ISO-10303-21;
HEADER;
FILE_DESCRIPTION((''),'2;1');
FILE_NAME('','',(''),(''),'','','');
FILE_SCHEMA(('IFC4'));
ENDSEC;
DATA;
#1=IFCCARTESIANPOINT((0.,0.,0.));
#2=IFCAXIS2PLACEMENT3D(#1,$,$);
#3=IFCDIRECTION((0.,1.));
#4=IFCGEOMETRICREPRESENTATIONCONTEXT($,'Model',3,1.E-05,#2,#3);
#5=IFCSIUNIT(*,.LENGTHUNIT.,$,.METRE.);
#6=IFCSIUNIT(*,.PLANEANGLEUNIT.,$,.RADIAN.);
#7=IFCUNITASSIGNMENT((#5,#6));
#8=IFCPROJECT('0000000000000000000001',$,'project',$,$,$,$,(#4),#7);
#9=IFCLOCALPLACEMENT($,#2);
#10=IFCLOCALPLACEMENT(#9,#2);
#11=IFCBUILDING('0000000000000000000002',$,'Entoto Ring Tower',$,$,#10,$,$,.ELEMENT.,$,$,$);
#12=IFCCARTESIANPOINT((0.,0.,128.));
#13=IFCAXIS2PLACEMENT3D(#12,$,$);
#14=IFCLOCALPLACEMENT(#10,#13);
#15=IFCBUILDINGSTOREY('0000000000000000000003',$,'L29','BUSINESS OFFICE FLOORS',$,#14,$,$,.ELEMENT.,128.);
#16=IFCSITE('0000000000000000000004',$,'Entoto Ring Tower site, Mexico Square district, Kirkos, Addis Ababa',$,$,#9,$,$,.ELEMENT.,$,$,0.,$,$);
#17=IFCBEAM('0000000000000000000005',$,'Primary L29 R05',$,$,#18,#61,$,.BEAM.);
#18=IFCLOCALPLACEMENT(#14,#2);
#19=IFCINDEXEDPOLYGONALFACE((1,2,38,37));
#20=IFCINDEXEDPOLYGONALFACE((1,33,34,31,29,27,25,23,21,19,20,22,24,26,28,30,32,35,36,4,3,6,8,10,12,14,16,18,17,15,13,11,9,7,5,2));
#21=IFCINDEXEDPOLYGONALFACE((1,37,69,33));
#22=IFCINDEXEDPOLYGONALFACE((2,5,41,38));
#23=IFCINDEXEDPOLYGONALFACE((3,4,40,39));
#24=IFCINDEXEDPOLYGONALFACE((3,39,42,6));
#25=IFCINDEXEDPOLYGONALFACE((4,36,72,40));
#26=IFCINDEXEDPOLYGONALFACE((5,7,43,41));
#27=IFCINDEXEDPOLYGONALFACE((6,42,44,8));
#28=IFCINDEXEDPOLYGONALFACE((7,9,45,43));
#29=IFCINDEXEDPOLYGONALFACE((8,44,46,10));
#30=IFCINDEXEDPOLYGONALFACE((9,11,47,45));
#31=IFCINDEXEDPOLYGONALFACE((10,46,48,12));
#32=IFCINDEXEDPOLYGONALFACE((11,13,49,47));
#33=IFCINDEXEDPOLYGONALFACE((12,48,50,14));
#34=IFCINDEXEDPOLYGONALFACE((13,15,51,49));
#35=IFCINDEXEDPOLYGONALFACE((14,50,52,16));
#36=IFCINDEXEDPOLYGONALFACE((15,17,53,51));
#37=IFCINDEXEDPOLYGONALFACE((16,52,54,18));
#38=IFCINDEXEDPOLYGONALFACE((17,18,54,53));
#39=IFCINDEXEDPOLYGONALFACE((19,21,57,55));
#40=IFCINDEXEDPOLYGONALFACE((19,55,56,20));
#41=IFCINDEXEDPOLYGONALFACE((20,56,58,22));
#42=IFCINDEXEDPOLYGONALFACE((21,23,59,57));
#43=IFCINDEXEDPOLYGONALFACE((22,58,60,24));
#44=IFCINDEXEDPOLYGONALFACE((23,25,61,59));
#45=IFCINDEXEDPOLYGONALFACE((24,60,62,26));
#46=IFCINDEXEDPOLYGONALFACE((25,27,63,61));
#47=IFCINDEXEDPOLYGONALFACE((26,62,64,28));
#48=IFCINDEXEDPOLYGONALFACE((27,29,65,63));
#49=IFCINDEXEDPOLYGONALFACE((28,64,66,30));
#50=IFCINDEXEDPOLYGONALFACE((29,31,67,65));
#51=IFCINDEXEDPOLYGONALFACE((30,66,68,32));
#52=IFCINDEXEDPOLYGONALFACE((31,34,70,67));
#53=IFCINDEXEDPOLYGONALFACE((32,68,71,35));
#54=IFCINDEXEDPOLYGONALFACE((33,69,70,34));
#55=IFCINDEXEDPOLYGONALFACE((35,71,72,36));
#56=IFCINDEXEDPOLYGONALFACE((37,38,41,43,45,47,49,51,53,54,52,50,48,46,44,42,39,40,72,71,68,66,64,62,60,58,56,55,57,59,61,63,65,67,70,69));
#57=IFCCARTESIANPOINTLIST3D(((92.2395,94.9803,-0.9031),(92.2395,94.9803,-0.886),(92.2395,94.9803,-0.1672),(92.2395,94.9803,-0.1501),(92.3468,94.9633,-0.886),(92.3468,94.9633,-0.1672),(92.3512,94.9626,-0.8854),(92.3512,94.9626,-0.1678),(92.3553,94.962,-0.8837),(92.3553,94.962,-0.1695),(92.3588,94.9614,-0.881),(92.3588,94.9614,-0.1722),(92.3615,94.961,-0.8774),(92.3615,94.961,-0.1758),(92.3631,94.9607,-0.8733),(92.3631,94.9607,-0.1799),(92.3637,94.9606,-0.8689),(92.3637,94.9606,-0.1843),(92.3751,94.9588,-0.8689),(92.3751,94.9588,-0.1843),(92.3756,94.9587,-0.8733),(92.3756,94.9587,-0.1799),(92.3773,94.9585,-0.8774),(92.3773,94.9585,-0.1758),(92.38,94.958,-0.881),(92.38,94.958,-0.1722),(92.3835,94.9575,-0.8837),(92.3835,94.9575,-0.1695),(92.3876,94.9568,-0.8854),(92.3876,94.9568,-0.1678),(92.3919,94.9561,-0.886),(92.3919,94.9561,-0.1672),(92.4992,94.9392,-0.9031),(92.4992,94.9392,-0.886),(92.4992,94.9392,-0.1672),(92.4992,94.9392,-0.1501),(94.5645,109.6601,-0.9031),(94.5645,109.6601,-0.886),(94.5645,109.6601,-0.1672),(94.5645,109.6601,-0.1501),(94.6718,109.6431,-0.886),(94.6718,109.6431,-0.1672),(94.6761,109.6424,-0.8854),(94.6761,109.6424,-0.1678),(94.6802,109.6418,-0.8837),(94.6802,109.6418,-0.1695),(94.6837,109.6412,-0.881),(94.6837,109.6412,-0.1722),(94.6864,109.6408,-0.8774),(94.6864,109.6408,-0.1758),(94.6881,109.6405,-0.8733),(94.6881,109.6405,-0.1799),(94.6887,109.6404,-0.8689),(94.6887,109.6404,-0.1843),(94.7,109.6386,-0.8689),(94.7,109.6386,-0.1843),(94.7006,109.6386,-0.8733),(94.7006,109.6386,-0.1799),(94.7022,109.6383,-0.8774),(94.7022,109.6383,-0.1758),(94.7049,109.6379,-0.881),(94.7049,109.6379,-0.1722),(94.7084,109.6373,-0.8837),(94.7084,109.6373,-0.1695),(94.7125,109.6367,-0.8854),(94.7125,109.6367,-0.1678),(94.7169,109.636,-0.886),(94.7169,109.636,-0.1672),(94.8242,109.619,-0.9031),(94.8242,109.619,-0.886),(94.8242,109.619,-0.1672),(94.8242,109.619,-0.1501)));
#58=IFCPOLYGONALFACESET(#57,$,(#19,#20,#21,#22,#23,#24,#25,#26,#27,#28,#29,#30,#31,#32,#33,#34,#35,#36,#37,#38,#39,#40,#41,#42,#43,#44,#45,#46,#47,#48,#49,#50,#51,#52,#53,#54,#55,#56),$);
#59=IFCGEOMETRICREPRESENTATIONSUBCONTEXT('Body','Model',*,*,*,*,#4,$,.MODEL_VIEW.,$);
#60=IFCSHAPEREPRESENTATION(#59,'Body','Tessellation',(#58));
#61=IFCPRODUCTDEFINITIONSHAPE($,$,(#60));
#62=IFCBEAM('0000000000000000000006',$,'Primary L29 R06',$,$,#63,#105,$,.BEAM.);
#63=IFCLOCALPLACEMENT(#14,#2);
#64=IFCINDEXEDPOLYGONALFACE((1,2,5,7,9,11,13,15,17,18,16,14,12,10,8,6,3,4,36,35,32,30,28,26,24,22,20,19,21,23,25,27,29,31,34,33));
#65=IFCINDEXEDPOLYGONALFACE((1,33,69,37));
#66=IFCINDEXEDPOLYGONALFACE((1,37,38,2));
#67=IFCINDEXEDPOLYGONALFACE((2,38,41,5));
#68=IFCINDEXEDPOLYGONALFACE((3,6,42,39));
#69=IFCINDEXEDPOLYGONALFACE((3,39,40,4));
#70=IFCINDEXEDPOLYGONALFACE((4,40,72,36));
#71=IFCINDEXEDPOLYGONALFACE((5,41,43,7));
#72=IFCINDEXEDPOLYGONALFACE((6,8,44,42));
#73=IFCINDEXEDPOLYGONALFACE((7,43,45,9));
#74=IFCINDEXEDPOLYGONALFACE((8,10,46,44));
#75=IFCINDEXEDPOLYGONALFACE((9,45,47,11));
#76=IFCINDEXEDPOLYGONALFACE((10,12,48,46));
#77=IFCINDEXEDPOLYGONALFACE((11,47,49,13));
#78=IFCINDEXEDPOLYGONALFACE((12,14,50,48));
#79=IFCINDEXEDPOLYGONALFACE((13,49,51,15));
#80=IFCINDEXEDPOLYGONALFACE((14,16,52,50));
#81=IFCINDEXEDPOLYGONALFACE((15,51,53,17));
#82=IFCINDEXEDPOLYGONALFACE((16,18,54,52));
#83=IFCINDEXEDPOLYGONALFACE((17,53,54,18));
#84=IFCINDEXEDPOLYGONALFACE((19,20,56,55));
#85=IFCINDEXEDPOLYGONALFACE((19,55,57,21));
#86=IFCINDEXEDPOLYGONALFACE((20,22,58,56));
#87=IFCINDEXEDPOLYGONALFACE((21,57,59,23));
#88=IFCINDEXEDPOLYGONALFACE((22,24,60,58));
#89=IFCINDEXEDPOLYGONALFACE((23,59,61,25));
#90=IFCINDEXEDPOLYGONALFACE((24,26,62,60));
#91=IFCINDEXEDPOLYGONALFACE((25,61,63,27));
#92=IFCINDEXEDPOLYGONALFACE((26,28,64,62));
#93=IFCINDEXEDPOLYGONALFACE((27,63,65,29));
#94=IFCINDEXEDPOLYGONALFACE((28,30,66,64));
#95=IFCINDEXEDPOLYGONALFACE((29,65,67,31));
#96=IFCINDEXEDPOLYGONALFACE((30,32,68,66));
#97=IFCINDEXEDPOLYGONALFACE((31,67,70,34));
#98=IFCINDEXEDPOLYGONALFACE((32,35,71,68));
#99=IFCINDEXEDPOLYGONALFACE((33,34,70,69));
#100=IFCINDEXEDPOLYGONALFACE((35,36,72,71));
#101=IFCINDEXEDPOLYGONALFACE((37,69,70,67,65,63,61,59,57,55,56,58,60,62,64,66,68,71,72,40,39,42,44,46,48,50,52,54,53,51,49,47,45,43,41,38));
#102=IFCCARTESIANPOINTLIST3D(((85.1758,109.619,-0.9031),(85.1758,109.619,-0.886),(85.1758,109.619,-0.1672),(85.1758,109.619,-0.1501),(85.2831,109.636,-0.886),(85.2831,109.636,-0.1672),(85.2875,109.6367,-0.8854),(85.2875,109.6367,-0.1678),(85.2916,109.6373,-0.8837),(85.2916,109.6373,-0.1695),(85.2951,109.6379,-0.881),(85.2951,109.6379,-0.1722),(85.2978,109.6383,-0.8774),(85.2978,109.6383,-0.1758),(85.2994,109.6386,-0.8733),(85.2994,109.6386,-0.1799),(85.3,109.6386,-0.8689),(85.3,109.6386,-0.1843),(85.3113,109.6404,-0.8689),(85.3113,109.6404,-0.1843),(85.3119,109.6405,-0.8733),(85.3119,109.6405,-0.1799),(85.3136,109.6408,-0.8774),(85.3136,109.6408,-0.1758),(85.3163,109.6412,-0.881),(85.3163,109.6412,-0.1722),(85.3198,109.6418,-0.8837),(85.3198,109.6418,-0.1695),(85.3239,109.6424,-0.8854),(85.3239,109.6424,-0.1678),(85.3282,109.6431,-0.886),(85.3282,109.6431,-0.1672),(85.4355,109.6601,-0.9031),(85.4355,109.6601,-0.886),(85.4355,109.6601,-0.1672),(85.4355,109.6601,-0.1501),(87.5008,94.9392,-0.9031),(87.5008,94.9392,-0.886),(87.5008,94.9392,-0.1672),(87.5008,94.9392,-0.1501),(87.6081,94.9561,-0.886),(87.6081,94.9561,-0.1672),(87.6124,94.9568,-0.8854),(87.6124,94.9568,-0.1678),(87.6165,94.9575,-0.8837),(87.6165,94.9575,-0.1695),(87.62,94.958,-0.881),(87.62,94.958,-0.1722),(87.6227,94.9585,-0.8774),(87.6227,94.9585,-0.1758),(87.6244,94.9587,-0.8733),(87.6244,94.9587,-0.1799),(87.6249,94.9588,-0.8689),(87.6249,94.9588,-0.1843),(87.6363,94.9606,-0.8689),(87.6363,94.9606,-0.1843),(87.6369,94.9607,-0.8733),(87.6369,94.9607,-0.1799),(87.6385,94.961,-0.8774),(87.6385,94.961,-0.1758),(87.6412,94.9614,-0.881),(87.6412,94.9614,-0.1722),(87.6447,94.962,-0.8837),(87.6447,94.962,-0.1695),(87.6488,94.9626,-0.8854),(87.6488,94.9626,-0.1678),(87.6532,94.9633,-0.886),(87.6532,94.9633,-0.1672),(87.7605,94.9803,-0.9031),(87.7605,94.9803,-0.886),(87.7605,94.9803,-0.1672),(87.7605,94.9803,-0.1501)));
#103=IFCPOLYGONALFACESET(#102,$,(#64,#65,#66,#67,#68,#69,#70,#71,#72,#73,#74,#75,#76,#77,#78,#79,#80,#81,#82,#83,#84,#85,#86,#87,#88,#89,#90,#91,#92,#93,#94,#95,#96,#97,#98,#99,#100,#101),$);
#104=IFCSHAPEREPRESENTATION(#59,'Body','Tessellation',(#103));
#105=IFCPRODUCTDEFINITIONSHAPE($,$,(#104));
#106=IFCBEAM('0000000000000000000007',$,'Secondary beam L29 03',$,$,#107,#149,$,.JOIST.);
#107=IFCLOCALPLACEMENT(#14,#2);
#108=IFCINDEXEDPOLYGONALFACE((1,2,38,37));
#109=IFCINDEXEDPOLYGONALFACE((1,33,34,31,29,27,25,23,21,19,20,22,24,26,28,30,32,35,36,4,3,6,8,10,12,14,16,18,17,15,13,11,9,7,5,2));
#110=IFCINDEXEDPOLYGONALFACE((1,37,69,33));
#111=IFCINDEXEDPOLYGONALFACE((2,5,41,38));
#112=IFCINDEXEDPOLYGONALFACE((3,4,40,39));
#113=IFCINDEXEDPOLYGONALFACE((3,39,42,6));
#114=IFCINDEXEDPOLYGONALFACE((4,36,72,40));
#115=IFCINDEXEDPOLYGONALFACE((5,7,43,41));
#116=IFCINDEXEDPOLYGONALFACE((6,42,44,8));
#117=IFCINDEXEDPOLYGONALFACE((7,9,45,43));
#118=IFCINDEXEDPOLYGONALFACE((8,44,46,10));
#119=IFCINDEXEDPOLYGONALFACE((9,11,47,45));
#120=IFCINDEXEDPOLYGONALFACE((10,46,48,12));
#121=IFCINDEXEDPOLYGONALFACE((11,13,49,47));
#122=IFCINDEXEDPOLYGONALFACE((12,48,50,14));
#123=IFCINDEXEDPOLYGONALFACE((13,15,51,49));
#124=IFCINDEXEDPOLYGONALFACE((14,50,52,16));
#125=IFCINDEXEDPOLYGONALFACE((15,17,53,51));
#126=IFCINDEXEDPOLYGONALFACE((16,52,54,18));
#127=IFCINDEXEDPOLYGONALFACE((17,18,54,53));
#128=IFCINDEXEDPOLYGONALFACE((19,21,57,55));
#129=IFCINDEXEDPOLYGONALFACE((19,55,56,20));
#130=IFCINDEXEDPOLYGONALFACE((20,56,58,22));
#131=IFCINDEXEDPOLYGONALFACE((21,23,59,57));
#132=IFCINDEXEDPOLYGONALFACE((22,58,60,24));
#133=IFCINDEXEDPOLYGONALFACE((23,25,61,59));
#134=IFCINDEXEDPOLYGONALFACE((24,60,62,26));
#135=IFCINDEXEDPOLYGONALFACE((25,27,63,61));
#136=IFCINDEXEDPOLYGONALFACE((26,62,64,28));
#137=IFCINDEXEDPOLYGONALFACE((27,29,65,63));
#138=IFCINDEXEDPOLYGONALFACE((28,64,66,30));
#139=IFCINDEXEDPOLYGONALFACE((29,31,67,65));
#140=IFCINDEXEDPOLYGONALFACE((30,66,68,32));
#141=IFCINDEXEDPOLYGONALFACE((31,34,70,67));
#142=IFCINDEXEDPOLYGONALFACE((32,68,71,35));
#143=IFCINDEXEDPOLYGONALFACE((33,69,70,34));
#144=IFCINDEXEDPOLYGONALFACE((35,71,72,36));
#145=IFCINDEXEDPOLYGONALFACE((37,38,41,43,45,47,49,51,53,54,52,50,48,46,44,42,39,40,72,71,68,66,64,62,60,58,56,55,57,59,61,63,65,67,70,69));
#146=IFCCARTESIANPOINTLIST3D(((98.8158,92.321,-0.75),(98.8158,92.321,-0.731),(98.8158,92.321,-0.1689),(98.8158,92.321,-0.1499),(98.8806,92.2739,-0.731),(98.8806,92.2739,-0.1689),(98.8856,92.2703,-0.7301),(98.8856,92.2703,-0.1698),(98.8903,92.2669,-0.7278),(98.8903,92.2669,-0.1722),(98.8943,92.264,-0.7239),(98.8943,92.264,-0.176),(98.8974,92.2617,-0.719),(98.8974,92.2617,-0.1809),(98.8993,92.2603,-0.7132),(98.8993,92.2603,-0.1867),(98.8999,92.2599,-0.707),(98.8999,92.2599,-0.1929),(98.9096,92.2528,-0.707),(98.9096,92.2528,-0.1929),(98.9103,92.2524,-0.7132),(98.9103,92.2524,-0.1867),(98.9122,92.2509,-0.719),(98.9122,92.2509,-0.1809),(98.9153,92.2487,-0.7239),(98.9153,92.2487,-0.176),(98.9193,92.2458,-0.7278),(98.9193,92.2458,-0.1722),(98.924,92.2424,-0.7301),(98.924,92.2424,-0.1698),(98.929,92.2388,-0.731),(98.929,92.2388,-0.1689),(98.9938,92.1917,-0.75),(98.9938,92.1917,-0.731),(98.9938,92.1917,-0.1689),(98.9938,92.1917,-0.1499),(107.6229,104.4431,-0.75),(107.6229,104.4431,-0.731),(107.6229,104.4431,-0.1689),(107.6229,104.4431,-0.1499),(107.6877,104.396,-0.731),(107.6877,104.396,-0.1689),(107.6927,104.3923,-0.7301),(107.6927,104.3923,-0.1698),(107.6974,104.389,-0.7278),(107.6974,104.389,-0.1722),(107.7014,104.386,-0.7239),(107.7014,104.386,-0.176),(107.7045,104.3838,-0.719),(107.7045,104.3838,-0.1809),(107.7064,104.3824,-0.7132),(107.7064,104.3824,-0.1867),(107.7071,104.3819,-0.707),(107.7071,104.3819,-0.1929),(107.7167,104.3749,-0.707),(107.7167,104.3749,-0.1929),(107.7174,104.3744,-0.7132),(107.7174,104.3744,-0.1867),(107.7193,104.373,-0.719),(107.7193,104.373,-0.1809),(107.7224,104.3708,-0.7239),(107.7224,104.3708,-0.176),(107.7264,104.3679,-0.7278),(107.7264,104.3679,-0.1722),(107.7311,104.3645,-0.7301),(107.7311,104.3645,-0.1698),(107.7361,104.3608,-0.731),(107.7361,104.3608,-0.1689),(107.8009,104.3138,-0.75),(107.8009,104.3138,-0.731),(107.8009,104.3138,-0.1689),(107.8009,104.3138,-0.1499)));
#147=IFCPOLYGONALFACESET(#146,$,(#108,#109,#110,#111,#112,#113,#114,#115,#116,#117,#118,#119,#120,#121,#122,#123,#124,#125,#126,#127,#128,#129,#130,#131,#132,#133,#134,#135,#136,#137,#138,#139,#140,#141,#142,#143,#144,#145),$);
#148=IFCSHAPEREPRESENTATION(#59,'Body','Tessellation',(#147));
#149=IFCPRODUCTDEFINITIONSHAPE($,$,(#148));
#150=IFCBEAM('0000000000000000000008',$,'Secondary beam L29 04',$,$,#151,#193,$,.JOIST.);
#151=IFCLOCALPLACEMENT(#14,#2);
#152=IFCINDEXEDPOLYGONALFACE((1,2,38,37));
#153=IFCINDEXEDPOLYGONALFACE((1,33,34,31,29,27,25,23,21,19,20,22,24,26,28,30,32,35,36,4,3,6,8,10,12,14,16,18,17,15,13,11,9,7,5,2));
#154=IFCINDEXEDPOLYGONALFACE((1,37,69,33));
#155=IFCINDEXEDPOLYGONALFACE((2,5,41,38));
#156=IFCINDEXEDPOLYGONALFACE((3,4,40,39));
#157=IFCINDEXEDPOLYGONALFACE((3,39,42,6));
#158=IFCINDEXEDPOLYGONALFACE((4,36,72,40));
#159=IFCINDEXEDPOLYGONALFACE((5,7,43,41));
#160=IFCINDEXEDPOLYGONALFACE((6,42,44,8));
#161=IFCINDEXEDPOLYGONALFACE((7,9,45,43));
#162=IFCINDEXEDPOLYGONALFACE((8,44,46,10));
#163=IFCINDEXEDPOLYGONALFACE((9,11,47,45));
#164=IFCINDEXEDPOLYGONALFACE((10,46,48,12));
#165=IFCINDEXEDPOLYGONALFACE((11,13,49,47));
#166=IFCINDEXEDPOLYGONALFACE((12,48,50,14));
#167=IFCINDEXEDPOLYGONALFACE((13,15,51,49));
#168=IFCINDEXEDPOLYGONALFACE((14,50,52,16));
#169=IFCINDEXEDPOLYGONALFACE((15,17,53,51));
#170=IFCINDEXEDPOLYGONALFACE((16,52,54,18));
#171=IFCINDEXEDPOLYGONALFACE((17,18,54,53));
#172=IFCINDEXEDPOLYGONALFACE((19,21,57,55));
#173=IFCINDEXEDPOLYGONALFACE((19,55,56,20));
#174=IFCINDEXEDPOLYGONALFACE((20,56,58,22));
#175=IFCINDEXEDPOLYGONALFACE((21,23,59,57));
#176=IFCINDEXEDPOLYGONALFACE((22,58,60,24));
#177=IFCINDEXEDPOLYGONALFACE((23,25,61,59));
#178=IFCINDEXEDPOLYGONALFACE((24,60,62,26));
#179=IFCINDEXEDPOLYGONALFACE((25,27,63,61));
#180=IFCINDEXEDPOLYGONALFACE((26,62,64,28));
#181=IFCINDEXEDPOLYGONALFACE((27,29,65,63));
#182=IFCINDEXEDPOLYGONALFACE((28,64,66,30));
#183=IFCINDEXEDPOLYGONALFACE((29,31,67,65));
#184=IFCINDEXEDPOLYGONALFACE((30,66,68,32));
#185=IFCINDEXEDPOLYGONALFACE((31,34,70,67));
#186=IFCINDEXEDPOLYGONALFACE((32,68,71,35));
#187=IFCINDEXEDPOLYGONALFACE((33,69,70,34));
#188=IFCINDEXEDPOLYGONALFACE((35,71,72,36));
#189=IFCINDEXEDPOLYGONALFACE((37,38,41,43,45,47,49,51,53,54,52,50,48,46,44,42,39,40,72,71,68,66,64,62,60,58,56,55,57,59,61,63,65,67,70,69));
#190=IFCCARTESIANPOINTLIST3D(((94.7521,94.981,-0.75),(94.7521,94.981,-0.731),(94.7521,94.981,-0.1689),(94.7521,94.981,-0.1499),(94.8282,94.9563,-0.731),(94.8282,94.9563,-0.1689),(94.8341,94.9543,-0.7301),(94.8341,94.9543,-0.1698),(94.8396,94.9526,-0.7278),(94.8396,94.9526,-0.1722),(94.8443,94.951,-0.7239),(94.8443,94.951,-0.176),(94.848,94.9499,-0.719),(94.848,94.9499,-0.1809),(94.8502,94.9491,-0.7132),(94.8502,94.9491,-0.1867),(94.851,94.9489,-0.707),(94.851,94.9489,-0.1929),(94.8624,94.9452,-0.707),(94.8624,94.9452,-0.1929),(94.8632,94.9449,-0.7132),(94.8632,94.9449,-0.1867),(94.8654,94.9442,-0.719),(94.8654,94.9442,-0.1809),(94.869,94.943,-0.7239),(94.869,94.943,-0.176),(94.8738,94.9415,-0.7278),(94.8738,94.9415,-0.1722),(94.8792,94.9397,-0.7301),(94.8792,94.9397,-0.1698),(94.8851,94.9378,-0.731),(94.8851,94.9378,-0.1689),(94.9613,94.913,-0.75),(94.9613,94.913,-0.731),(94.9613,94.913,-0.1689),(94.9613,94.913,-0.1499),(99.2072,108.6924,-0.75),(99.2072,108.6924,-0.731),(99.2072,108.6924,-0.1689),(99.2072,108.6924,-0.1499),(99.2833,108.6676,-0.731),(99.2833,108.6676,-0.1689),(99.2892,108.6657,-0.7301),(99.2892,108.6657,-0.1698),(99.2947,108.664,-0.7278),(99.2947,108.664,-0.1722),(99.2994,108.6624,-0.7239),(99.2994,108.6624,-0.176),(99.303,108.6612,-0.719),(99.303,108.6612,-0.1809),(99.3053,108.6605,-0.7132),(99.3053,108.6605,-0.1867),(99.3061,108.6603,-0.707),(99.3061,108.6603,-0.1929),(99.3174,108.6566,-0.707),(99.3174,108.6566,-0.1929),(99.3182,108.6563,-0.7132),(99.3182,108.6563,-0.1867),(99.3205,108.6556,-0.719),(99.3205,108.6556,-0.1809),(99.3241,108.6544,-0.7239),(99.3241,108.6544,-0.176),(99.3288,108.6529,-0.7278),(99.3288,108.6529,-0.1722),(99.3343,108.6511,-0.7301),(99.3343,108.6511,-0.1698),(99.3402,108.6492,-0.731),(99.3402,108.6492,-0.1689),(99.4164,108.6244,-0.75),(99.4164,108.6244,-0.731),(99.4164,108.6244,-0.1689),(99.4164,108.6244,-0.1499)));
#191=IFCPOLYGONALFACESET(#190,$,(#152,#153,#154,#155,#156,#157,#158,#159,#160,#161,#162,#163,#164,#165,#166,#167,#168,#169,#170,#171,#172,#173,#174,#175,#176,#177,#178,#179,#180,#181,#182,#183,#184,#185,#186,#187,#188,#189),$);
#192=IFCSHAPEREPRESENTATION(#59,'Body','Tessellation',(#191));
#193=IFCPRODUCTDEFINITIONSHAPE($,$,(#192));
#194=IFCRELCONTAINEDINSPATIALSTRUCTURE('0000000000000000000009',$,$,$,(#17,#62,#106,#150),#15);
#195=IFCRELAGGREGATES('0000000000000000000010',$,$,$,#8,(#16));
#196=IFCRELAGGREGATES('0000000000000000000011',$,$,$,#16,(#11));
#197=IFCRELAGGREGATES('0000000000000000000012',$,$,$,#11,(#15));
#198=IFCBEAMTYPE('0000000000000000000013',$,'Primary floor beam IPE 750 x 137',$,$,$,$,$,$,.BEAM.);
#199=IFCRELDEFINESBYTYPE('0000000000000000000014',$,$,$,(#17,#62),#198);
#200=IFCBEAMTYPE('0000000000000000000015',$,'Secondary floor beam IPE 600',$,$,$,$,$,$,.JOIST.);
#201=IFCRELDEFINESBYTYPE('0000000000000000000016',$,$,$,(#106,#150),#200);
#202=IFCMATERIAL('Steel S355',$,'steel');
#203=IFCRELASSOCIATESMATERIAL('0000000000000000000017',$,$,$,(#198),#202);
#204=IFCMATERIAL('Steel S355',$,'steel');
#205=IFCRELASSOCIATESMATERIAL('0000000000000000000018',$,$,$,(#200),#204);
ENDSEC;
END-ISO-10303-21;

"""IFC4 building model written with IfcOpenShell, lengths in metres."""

from ifc_helpers import new_model, si_unit, direction, frame, origin, origin_2d, place, context, subcontext, project, spatial, i_section, extrude, material, material_profile, profile_set, type_object, element, save


model = new_model("IFC4")

# Units and contexts
model_context = context("Model", 3, precision=1e-05, world=origin(), true_north=direction((0.0, 1.0)))
body_context = subcontext(model_context, "Body", "Model", "MODEL_VIEW")
ifc_project = project(units=[si_unit("LENGTHUNIT", "METRE"), si_unit("PLANEANGLEUNIT", "RADIAN")], contexts=[model_context])

# Site, building, storey
site_placement = place(None, origin())
site = spatial("IfcSite", under=ifc_project, at=site_placement, Name="Entoto Ring Tower site, Mexico Square district, Kirkos, Addis Ababa", CompositionType="ELEMENT", RefElevation=0.0)
building_placement = place(site_placement, origin())
building = spatial("IfcBuilding", under=site, at=building_placement, Name="Entoto Ring Tower", CompositionType="ELEMENT")
storey_placement = place(building_placement, frame((0.0, 0.0, 128.0)))
storey = spatial("IfcBuildingStorey", under=building, at=storey_placement, Name="L29", Description="BUSINESS OFFICE FLOORS", CompositionType="ELEMENT", Elevation=128.0)

# Beams
ifc_material_1 = material(Name="Steel S355", Category="steel")
ifc_material_profile_1 = material_profile(ifc_material_1, i_section(OverallWidth=0.2629, OverallDepth=0.7529, WebThickness=0.0115, FlangeThickness=0.0171, FilletRadius=0.0171, at=origin_2d()), Name="IPE 750 x 137")
ifc_profile_set_1 = profile_set([ifc_material_profile_1], Name="Steel S355")
beam_type_1 = type_object("IfcBeamType", Name="Primary floor beam IPE 750 x 137", PredefinedType="BEAM", material=ifc_profile_set_1)
for number, where, z_axis, x_axis, name in (
    (1, (92.3694, 94.9597, -0.5266), (0.156426, 0.98769, 0.0), (-0.98769, 0.156426, 0.0), "Primary L29 R05"),
    (2, (87.6306, 94.9597, -0.5266), (-0.156426, 0.98769, 0.0), (-0.98769, -0.156426, 0.0), "Primary L29 R06"),
):
    element("IfcBeam", number, at=place(storey_placement, frame(where, z_axis=z_axis, x_axis=x_axis)), inside=storey, type_object=beam_type_1, Name=name, PredefinedType="BEAM", context=body_context, shape_type="SweptSolid", body=[
        extrude(i_section(OverallWidth=0.2629, OverallDepth=0.7529, WebThickness=0.0115, FlangeThickness=0.0171, FilletRadius=0.0171, at=origin_2d()), origin(), (0.0, 0.0, 1.0), 14.8628),
    ])
ifc_material_2 = material(Name="Steel S355", Category="steel")
ifc_material_profile_2 = material_profile(ifc_material_2, i_section(OverallWidth=0.22, OverallDepth=0.6001, WebThickness=0.012, FlangeThickness=0.019, FilletRadius=0.0239, at=origin_2d()), Name="IPE 600")
ifc_profile_set_2 = profile_set([ifc_material_profile_2], Name="Steel S355")
beam_type_2 = type_object("IfcBeamType", Name="Secondary floor beam IPE 600", PredefinedType="JOIST", material=ifc_profile_set_2)
beam_1_placement = place(storey_placement, frame((98.9048, 92.2563, -0.45), z_axis=(0.587782, 0.809019, 0.0), x_axis=(-0.809019, 0.587782, 0.0)))
element("IfcBeam", 3, at=beam_1_placement, inside=storey, type_object=beam_type_2, Name="Secondary beam L29 03", PredefinedType="JOIST", context=body_context, shape_type="SweptSolid", body=[
    extrude(i_section(OverallWidth=0.22, OverallDepth=0.6001, WebThickness=0.012, FlangeThickness=0.019, FilletRadius=0.0239, at=origin_2d()), origin(), (0.0, 0.0, 1.0), 14.9836),
])
beam_2_placement = place(storey_placement, frame((94.8567, 94.947, -0.45), z_axis=(0.309015, 0.951057, 0.0), x_axis=(-0.951057, 0.309015, 0.0)))
element("IfcBeam", 4, at=beam_2_placement, inside=storey, type_object=beam_type_2, Name="Secondary beam L29 04", PredefinedType="JOIST", context=body_context, shape_type="SweptSolid", body=[
    extrude(i_section(OverallWidth=0.22, OverallDepth=0.6001, WebThickness=0.012, FlangeThickness=0.019, FilletRadius=0.0239, at=origin_2d()), origin(), (0.0, 0.0, 1.0), 14.417),
])

save(model, "model.ifc")
